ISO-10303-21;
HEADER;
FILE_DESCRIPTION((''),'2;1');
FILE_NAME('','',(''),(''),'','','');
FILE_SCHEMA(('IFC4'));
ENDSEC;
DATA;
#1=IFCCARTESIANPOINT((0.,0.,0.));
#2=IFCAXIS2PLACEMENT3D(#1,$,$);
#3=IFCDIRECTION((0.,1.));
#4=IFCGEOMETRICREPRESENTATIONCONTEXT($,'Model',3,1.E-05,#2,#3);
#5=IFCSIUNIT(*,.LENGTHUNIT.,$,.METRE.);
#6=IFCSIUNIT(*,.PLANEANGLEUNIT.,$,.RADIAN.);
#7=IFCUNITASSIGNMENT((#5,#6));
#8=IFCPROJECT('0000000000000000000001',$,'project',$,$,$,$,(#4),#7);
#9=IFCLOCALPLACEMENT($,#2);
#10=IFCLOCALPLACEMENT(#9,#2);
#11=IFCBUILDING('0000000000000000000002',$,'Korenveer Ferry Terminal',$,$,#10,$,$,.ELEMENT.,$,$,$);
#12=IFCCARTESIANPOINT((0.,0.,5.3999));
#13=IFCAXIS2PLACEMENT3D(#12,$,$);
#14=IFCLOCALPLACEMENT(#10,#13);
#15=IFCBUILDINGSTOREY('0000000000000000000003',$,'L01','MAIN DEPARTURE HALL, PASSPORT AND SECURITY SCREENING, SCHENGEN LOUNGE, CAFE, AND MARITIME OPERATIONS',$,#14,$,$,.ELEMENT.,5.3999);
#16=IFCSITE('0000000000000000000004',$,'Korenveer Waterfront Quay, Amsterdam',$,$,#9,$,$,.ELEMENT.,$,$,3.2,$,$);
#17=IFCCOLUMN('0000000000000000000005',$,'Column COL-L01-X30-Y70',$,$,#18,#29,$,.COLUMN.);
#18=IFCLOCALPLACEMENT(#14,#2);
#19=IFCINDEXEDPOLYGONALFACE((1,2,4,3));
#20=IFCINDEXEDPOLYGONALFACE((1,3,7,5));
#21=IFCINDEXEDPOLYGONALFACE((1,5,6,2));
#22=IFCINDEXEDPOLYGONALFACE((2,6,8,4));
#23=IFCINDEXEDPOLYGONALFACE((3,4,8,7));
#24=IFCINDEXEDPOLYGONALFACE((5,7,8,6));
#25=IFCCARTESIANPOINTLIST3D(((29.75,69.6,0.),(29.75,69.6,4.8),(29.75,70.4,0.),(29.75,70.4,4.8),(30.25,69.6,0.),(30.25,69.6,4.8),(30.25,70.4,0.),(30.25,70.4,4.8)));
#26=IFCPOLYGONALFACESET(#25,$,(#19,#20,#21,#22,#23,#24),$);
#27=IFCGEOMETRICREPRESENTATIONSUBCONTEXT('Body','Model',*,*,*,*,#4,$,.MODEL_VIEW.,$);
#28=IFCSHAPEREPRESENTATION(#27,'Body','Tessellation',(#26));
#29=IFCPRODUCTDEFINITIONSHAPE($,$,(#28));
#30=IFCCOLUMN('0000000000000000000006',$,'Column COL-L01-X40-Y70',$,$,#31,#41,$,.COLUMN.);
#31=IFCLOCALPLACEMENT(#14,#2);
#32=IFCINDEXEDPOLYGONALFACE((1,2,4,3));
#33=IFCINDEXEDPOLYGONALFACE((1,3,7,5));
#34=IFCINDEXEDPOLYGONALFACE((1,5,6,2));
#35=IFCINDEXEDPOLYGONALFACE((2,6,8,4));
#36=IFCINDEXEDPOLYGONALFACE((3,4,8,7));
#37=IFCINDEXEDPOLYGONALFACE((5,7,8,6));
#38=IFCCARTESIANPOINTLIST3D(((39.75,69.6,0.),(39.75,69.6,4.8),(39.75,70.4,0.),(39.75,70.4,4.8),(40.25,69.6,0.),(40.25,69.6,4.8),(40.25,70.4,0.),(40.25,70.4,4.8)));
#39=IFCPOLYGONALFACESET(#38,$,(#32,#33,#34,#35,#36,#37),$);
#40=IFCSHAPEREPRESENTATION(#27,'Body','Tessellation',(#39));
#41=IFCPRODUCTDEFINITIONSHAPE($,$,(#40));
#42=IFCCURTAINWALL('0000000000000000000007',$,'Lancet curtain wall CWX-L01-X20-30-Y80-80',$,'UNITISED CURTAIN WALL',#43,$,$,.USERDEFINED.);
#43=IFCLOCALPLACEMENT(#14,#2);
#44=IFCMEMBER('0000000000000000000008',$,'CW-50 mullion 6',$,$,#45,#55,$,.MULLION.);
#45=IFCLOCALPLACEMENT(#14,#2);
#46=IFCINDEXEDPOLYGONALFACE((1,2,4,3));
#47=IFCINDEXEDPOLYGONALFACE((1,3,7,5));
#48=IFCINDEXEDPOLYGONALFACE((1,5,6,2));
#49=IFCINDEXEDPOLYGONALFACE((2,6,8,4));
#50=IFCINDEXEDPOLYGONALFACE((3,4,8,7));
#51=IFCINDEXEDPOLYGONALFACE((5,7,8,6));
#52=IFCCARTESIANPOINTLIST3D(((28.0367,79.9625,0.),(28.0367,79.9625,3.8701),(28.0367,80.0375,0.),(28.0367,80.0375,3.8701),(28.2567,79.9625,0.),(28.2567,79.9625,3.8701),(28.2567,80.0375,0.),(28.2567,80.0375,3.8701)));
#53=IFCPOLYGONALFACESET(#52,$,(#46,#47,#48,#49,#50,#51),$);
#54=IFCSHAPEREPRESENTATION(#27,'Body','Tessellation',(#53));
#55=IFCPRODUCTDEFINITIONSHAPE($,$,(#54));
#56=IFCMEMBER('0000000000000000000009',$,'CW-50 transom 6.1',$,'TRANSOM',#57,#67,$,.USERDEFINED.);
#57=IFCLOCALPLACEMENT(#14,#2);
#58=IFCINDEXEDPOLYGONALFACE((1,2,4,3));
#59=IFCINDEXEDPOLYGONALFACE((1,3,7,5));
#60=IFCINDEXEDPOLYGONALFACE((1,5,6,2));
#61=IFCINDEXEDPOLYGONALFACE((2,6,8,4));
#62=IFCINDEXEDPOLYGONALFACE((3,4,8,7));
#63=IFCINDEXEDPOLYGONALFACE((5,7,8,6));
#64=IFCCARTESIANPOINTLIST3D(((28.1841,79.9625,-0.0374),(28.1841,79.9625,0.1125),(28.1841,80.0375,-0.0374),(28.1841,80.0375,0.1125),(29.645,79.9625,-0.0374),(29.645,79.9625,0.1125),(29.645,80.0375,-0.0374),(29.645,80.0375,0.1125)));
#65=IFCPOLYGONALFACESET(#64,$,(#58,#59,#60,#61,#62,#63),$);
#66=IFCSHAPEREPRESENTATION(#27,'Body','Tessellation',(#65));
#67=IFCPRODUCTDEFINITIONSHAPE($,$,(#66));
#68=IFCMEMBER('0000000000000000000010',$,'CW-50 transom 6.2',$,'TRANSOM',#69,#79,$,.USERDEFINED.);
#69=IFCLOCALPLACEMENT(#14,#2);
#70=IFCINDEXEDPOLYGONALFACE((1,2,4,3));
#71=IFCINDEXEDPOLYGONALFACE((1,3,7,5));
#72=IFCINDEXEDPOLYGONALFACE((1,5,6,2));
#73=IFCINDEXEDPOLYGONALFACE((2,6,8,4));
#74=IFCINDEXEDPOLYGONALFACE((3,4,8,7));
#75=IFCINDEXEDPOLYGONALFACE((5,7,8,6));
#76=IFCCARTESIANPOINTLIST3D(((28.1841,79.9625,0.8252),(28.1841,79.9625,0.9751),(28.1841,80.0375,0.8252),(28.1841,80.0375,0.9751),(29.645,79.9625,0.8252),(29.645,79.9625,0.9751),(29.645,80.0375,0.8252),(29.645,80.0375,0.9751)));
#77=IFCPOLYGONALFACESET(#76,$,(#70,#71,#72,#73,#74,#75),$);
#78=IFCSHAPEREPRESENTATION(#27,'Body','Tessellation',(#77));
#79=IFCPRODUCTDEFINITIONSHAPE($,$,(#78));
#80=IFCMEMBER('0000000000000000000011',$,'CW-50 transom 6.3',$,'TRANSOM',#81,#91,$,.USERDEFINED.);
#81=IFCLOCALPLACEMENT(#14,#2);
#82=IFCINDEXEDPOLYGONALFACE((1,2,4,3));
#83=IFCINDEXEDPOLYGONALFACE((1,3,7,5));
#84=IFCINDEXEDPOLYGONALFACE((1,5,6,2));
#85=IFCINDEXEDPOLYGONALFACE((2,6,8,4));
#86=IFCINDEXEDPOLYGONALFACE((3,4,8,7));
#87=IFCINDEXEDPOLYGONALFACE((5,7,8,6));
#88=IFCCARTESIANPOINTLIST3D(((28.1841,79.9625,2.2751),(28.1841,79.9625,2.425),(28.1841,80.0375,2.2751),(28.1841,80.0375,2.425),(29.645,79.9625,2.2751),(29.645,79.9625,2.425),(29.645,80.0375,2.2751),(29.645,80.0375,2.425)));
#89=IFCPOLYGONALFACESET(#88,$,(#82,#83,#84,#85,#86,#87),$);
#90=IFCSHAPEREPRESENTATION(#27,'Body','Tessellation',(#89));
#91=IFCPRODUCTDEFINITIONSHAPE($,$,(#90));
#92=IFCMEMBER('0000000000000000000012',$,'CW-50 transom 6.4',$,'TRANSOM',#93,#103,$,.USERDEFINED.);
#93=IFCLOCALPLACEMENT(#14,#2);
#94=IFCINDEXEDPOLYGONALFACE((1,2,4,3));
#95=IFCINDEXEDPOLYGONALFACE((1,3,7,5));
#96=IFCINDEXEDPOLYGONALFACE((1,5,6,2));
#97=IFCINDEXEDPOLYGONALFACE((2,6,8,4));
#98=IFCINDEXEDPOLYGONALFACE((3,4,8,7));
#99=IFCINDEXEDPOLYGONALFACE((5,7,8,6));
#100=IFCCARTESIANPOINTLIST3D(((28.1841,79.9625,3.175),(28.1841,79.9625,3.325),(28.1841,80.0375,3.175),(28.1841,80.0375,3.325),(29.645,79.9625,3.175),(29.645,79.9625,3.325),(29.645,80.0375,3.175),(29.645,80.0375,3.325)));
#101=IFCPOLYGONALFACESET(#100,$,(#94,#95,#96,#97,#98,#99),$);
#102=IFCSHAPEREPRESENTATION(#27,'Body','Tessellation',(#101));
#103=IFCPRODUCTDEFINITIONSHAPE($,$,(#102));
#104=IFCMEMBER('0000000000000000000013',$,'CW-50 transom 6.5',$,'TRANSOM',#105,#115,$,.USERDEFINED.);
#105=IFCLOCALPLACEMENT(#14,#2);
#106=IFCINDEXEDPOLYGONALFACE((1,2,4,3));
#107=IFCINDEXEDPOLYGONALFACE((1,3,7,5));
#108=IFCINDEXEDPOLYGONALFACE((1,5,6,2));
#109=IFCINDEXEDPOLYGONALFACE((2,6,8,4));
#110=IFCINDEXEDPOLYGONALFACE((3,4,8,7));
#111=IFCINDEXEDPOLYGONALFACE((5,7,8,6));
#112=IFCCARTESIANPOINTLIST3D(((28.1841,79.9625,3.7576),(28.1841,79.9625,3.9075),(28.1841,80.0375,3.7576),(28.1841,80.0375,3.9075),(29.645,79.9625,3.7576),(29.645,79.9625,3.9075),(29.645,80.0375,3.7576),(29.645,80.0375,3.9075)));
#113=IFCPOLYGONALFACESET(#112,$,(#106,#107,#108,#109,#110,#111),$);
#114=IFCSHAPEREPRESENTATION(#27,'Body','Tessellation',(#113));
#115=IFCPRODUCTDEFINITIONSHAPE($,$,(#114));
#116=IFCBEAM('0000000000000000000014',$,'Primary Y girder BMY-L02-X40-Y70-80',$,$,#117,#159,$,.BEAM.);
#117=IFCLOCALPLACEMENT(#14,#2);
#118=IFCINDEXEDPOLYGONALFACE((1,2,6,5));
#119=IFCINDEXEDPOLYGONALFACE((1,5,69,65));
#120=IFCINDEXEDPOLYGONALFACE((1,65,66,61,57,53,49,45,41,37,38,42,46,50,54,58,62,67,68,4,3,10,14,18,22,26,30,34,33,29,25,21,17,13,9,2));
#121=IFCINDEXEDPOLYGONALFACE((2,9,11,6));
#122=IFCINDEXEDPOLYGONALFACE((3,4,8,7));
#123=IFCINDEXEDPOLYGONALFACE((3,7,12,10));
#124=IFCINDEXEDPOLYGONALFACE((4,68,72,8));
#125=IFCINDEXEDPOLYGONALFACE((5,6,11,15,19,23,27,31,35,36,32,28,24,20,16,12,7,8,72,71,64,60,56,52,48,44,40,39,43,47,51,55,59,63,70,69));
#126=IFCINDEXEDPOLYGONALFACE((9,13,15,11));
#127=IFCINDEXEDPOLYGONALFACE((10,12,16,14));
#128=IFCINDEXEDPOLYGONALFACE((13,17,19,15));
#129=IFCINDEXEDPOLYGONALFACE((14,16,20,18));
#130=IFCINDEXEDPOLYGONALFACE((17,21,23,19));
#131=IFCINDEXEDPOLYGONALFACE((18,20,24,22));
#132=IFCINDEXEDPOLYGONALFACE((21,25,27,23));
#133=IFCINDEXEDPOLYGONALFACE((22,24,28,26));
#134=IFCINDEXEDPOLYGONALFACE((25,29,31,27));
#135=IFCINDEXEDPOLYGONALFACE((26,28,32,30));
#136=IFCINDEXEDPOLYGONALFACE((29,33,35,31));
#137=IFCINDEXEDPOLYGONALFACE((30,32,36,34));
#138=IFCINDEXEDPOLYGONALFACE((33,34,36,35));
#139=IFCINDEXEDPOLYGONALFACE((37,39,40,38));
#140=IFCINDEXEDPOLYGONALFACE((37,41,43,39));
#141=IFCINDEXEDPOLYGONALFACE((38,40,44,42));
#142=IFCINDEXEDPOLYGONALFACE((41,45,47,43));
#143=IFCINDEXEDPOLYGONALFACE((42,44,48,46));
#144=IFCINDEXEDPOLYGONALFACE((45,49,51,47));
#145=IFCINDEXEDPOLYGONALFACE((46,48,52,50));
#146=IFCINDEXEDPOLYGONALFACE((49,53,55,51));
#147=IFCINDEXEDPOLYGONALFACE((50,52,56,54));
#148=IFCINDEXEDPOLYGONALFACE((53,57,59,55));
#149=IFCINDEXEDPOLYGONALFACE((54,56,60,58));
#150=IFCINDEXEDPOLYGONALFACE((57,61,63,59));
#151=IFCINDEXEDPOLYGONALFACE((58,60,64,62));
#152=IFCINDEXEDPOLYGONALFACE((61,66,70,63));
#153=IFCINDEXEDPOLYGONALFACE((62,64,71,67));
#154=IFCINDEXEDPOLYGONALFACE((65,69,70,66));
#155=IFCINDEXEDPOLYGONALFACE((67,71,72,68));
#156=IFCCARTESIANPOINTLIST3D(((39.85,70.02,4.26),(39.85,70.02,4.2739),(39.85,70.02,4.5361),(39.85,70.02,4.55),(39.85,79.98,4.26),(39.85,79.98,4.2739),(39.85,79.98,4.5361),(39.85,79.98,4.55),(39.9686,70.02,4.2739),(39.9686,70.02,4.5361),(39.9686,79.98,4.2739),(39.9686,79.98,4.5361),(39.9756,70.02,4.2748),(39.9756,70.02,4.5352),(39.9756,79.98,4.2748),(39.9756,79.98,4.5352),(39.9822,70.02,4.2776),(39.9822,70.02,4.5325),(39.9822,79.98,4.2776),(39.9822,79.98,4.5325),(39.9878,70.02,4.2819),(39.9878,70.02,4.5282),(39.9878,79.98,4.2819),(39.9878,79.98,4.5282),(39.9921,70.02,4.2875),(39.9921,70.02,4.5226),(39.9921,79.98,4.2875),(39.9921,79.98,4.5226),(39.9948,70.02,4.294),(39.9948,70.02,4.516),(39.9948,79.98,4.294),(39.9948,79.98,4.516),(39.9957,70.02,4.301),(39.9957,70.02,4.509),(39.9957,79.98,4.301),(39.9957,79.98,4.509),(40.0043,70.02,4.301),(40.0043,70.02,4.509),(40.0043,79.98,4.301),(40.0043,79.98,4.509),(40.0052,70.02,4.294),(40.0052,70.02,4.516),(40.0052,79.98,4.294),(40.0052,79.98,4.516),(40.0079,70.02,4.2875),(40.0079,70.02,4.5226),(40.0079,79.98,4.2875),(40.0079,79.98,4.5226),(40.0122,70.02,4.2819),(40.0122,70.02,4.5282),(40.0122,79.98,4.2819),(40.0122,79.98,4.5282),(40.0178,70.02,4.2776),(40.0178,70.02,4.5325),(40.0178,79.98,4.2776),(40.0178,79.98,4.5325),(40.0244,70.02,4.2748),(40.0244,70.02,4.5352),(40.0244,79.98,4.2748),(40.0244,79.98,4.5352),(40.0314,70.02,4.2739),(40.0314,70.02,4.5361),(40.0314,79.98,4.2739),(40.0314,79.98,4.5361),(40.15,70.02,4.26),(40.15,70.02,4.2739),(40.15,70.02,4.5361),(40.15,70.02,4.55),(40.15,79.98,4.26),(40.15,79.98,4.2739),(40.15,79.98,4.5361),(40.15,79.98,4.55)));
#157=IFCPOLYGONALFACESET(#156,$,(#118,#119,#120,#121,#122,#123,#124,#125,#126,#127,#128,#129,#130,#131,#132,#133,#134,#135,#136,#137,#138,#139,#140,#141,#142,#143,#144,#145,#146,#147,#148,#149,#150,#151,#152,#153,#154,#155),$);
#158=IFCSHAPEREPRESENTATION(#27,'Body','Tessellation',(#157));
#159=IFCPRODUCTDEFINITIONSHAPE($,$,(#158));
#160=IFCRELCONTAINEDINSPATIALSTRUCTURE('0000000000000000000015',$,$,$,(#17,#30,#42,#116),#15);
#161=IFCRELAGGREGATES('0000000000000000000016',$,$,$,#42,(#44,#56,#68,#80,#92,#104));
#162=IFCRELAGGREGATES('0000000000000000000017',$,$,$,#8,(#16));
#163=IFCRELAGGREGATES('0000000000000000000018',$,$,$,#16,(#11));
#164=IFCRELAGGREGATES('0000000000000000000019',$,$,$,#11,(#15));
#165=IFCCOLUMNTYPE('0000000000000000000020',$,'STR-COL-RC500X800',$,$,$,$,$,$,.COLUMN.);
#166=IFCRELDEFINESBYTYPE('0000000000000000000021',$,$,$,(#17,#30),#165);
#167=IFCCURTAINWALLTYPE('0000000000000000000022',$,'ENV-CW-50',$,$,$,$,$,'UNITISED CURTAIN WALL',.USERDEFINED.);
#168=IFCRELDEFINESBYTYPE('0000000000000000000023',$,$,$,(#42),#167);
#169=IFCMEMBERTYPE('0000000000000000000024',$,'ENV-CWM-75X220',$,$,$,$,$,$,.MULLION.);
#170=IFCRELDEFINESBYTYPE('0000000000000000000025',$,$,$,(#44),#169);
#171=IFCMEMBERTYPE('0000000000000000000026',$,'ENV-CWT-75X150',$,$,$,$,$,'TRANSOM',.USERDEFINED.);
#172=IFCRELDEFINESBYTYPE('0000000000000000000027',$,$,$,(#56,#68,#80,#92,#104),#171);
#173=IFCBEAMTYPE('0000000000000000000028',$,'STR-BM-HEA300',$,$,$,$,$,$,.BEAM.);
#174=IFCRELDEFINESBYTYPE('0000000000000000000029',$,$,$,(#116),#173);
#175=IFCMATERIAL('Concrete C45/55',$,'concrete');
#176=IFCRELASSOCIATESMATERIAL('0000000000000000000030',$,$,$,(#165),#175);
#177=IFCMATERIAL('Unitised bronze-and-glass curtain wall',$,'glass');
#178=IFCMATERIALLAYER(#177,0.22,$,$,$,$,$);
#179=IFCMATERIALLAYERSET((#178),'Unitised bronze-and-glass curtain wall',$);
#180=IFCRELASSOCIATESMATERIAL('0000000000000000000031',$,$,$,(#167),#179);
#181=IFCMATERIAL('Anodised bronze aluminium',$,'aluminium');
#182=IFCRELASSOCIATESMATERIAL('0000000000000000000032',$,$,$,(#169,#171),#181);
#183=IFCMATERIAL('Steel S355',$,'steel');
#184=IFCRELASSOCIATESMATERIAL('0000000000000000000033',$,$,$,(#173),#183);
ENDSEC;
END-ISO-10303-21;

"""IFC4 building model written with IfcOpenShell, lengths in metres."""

from ifc_helpers import new_model, si_unit, direction, frame, origin, origin_2d, place, context, subcontext, project, spatial, rectangle, i_section, extrude, material, layer, layer_set, material_profile, profile_set, type_object, element, aggregate, save


model = new_model("IFC4")

# Units and contexts
model_context = context("Model", 3, precision=1e-05, world=origin(), true_north=direction((0.0, 1.0)))
body_context = subcontext(model_context, "Body", "Model", "MODEL_VIEW")
ifc_project = project(units=[si_unit("LENGTHUNIT", "METRE"), si_unit("PLANEANGLEUNIT", "RADIAN")], contexts=[model_context])

# Site, building, storey
site_placement = place(None, origin())
site = spatial("IfcSite", under=ifc_project, at=site_placement, Name="Korenveer Waterfront Quay, Amsterdam", CompositionType="ELEMENT", RefElevation=3.2)
building_placement = place(site_placement, origin())
building = spatial("IfcBuilding", under=site, at=building_placement, Name="Korenveer Ferry Terminal", CompositionType="ELEMENT")
storey_placement = place(building_placement, frame((0.0, 0.0, 5.3999)))
storey = spatial("IfcBuildingStorey", under=building, at=storey_placement, Name="L01", Description="MAIN DEPARTURE HALL, PASSPORT AND SECURITY SCREENING, SCHENGEN LOUNGE, CAFE, AND MARITIME OPERATIONS", CompositionType="ELEMENT", Elevation=5.3999)

# Columns
ifc_material_1 = material(Name="Concrete C45/55", Category="concrete")
ifc_material_profile_1 = material_profile(ifc_material_1, rectangle(XDim=0.5, YDim=0.8, at=origin_2d()), Name="RC 500x800")
ifc_profile_set_1 = profile_set([ifc_material_profile_1], Name="Concrete C45/55")
column_type = type_object("IfcColumnType", Name="STR-COL-RC500X800", PredefinedType="COLUMN", material=ifc_profile_set_1)
for number, where, z_axis, x_axis, name in (
    (1, (30.0, 70.0, 0.0), (0.0, 0.0, 1.0), (1.0, 0.0, 0.0), "Column COL-L01-X30-Y70"),
    (2, (40.0, 70.0, 0.0), (0.0, 0.0, 1.0), (1.0, 0.0, 0.0), "Column COL-L01-X40-Y70"),
):
    element("IfcColumn", number, at=place(storey_placement, frame(where, z_axis=z_axis, x_axis=x_axis)), inside=storey, type_object=column_type, Name=name, PredefinedType="COLUMN", context=body_context, shape_type="SweptSolid", body=[
        extrude(rectangle(XDim=0.5, YDim=0.8, at=origin_2d()), origin(), (0.0, 0.0, 1.0), 4.8),
    ])

# Curtain wall, members
ifc_material_2 = material(Name="Unitised bronze-and-glass curtain wall", Category="glass")
ifc_layer_1 = layer(ifc_material_2, 0.22)
ifc_layer_set_1 = layer_set([ifc_layer_1], Name="Unitised bronze-and-glass curtain wall")
curtain_wall_type = type_object("IfcCurtainWallType", Name="ENV-CW-50", ElementType="UNITISED CURTAIN WALL", PredefinedType="USERDEFINED", material=ifc_layer_set_1)
curtain_wall_placement = place(storey_placement, frame((20.28, 80.0, 0.0)))
curtain_wall = element("IfcCurtainWall", 3, at=curtain_wall_placement, inside=storey, type_object=curtain_wall_type, Name="Lancet curtain wall CWX-L01-X20-30-Y80-80", ObjectType="UNITISED CURTAIN WALL", PredefinedType="USERDEFINED")
ifc_material_3 = material(Name="Anodised bronze aluminium", Category="aluminium")
ifc_material_profile_2 = material_profile(ifc_material_3, rectangle(XDim=0.075, YDim=0.22, at=origin_2d()), Name="ALU 75x220")
ifc_profile_set_2 = profile_set([ifc_material_profile_2], Name="Anodised bronze aluminium")
member_type_1 = type_object("IfcMemberType", Name="ENV-CWM-75X220", PredefinedType="MULLION", material=ifc_profile_set_2)
member_1_placement = place(storey_placement, frame((28.1467, 80.0, 0.0), z_axis=(0.0, 0.0, 1.0), x_axis=(0.0, 1.0, 0.0)))
member_1 = element("IfcMember", 4, at=member_1_placement, type_object=member_type_1, Name="CW-50 mullion 6", PredefinedType="MULLION", context=body_context, shape_type="SweptSolid", body=[
    extrude(rectangle(XDim=0.075, YDim=0.22, at=origin_2d()), origin(), (0.0, 0.0, 1.0), 3.8701),
])
ifc_material_profile_3 = material_profile(ifc_material_3, rectangle(XDim=0.075, YDim=0.1499, at=origin_2d()), Name="ALU 75x150")
ifc_profile_set_3 = profile_set([ifc_material_profile_3], Name="Anodised bronze aluminium")
member_type_2 = type_object("IfcMemberType", Name="ENV-CWT-75X150", ElementType="TRANSOM", PredefinedType="USERDEFINED", material=ifc_profile_set_3)
member_2_placement = place(storey_placement, frame((28.1841, 80.0, 0.0376), z_axis=(1.0, 0.0, 0.0), x_axis=(0.0, 1.0, 0.0)))
member_2 = element("IfcMember", 5, at=member_2_placement, type_object=member_type_2, Name="CW-50 transom 6.1", ObjectType="TRANSOM", PredefinedType="USERDEFINED", context=body_context, shape_type="SweptSolid", body=[
    extrude(rectangle(XDim=0.075, YDim=0.1499, at=origin_2d()), origin(), (0.0, 0.0, 1.0), 1.4609),
])
member_3_placement = place(storey_placement, frame((28.1841, 80.0, 0.9001), z_axis=(1.0, 0.0, 0.0), x_axis=(0.0, 1.0, 0.0)))
member_3 = element("IfcMember", 6, at=member_3_placement, type_object=member_type_2, Name="CW-50 transom 6.2", ObjectType="TRANSOM", PredefinedType="USERDEFINED", context=body_context, shape_type="SweptSolid", body=[
    extrude(rectangle(XDim=0.075, YDim=0.1499, at=origin_2d()), origin(), (0.0, 0.0, 1.0), 1.4609),
])
member_4_placement = place(storey_placement, frame((28.1841, 80.0, 2.3501), z_axis=(1.0, 0.0, 0.0), x_axis=(0.0, 1.0, 0.0)))
member_4 = element("IfcMember", 7, at=member_4_placement, type_object=member_type_2, Name="CW-50 transom 6.3", ObjectType="TRANSOM", PredefinedType="USERDEFINED", context=body_context, shape_type="SweptSolid", body=[
    extrude(rectangle(XDim=0.075, YDim=0.1499, at=origin_2d()), origin(), (0.0, 0.0, 1.0), 1.4609),
])
member_5_placement = place(storey_placement, frame((28.1841, 80.0, 3.25), z_axis=(1.0, 0.0, 0.0), x_axis=(0.0, 1.0, 0.0)))
member_5 = element("IfcMember", 8, at=member_5_placement, type_object=member_type_2, Name="CW-50 transom 6.4", ObjectType="TRANSOM", PredefinedType="USERDEFINED", context=body_context, shape_type="SweptSolid", body=[
    extrude(rectangle(XDim=0.075, YDim=0.1499, at=origin_2d()), origin(), (0.0, 0.0, 1.0), 1.4609),
])
member_6_placement = place(storey_placement, frame((28.1841, 80.0, 3.8325), z_axis=(1.0, 0.0, 0.0), x_axis=(0.0, 1.0, 0.0)))
member_6 = element("IfcMember", 9, at=member_6_placement, type_object=member_type_2, Name="CW-50 transom 6.5", ObjectType="TRANSOM", PredefinedType="USERDEFINED", context=body_context, shape_type="SweptSolid", body=[
    extrude(rectangle(XDim=0.075, YDim=0.1499, at=origin_2d()), origin(), (0.0, 0.0, 1.0), 1.4609),
])

# Beam
ifc_material_4 = material(Name="Steel S355", Category="steel")
ifc_material_profile_4 = material_profile(ifc_material_4, i_section(OverallWidth=0.3, OverallDepth=0.29, WebThickness=0.0085, FlangeThickness=0.0139, FilletRadius=0.0271, at=origin_2d()), Name="HEA 300")
ifc_profile_set_4 = profile_set([ifc_material_profile_4], Name="Steel S355")
beam_type_1 = type_object("IfcBeamType", Name="STR-BM-HEA300", PredefinedType="BEAM", material=ifc_profile_set_4)
beam_1_placement = place(storey_placement, frame((40.0, 70.02, 4.405), z_axis=(0.0, 1.0, 0.0), x_axis=(-1.0, 0.0, 0.0)))
element("IfcBeam", 10, at=beam_1_placement, inside=storey, type_object=beam_type_1, Name="Primary Y girder BMY-L02-X40-Y70-80", PredefinedType="BEAM", context=body_context, shape_type="SweptSolid", body=[
    extrude(i_section(OverallWidth=0.3, OverallDepth=0.29, WebThickness=0.0085, FlangeThickness=0.0139, FilletRadius=0.0271, at=origin_2d()), origin(), (0.0, 0.0, 1.0), 9.96),
])

aggregate(curtain_wall, [member_1, member_2, member_3, member_4, member_5, member_6])

save(model, "model.ifc")
